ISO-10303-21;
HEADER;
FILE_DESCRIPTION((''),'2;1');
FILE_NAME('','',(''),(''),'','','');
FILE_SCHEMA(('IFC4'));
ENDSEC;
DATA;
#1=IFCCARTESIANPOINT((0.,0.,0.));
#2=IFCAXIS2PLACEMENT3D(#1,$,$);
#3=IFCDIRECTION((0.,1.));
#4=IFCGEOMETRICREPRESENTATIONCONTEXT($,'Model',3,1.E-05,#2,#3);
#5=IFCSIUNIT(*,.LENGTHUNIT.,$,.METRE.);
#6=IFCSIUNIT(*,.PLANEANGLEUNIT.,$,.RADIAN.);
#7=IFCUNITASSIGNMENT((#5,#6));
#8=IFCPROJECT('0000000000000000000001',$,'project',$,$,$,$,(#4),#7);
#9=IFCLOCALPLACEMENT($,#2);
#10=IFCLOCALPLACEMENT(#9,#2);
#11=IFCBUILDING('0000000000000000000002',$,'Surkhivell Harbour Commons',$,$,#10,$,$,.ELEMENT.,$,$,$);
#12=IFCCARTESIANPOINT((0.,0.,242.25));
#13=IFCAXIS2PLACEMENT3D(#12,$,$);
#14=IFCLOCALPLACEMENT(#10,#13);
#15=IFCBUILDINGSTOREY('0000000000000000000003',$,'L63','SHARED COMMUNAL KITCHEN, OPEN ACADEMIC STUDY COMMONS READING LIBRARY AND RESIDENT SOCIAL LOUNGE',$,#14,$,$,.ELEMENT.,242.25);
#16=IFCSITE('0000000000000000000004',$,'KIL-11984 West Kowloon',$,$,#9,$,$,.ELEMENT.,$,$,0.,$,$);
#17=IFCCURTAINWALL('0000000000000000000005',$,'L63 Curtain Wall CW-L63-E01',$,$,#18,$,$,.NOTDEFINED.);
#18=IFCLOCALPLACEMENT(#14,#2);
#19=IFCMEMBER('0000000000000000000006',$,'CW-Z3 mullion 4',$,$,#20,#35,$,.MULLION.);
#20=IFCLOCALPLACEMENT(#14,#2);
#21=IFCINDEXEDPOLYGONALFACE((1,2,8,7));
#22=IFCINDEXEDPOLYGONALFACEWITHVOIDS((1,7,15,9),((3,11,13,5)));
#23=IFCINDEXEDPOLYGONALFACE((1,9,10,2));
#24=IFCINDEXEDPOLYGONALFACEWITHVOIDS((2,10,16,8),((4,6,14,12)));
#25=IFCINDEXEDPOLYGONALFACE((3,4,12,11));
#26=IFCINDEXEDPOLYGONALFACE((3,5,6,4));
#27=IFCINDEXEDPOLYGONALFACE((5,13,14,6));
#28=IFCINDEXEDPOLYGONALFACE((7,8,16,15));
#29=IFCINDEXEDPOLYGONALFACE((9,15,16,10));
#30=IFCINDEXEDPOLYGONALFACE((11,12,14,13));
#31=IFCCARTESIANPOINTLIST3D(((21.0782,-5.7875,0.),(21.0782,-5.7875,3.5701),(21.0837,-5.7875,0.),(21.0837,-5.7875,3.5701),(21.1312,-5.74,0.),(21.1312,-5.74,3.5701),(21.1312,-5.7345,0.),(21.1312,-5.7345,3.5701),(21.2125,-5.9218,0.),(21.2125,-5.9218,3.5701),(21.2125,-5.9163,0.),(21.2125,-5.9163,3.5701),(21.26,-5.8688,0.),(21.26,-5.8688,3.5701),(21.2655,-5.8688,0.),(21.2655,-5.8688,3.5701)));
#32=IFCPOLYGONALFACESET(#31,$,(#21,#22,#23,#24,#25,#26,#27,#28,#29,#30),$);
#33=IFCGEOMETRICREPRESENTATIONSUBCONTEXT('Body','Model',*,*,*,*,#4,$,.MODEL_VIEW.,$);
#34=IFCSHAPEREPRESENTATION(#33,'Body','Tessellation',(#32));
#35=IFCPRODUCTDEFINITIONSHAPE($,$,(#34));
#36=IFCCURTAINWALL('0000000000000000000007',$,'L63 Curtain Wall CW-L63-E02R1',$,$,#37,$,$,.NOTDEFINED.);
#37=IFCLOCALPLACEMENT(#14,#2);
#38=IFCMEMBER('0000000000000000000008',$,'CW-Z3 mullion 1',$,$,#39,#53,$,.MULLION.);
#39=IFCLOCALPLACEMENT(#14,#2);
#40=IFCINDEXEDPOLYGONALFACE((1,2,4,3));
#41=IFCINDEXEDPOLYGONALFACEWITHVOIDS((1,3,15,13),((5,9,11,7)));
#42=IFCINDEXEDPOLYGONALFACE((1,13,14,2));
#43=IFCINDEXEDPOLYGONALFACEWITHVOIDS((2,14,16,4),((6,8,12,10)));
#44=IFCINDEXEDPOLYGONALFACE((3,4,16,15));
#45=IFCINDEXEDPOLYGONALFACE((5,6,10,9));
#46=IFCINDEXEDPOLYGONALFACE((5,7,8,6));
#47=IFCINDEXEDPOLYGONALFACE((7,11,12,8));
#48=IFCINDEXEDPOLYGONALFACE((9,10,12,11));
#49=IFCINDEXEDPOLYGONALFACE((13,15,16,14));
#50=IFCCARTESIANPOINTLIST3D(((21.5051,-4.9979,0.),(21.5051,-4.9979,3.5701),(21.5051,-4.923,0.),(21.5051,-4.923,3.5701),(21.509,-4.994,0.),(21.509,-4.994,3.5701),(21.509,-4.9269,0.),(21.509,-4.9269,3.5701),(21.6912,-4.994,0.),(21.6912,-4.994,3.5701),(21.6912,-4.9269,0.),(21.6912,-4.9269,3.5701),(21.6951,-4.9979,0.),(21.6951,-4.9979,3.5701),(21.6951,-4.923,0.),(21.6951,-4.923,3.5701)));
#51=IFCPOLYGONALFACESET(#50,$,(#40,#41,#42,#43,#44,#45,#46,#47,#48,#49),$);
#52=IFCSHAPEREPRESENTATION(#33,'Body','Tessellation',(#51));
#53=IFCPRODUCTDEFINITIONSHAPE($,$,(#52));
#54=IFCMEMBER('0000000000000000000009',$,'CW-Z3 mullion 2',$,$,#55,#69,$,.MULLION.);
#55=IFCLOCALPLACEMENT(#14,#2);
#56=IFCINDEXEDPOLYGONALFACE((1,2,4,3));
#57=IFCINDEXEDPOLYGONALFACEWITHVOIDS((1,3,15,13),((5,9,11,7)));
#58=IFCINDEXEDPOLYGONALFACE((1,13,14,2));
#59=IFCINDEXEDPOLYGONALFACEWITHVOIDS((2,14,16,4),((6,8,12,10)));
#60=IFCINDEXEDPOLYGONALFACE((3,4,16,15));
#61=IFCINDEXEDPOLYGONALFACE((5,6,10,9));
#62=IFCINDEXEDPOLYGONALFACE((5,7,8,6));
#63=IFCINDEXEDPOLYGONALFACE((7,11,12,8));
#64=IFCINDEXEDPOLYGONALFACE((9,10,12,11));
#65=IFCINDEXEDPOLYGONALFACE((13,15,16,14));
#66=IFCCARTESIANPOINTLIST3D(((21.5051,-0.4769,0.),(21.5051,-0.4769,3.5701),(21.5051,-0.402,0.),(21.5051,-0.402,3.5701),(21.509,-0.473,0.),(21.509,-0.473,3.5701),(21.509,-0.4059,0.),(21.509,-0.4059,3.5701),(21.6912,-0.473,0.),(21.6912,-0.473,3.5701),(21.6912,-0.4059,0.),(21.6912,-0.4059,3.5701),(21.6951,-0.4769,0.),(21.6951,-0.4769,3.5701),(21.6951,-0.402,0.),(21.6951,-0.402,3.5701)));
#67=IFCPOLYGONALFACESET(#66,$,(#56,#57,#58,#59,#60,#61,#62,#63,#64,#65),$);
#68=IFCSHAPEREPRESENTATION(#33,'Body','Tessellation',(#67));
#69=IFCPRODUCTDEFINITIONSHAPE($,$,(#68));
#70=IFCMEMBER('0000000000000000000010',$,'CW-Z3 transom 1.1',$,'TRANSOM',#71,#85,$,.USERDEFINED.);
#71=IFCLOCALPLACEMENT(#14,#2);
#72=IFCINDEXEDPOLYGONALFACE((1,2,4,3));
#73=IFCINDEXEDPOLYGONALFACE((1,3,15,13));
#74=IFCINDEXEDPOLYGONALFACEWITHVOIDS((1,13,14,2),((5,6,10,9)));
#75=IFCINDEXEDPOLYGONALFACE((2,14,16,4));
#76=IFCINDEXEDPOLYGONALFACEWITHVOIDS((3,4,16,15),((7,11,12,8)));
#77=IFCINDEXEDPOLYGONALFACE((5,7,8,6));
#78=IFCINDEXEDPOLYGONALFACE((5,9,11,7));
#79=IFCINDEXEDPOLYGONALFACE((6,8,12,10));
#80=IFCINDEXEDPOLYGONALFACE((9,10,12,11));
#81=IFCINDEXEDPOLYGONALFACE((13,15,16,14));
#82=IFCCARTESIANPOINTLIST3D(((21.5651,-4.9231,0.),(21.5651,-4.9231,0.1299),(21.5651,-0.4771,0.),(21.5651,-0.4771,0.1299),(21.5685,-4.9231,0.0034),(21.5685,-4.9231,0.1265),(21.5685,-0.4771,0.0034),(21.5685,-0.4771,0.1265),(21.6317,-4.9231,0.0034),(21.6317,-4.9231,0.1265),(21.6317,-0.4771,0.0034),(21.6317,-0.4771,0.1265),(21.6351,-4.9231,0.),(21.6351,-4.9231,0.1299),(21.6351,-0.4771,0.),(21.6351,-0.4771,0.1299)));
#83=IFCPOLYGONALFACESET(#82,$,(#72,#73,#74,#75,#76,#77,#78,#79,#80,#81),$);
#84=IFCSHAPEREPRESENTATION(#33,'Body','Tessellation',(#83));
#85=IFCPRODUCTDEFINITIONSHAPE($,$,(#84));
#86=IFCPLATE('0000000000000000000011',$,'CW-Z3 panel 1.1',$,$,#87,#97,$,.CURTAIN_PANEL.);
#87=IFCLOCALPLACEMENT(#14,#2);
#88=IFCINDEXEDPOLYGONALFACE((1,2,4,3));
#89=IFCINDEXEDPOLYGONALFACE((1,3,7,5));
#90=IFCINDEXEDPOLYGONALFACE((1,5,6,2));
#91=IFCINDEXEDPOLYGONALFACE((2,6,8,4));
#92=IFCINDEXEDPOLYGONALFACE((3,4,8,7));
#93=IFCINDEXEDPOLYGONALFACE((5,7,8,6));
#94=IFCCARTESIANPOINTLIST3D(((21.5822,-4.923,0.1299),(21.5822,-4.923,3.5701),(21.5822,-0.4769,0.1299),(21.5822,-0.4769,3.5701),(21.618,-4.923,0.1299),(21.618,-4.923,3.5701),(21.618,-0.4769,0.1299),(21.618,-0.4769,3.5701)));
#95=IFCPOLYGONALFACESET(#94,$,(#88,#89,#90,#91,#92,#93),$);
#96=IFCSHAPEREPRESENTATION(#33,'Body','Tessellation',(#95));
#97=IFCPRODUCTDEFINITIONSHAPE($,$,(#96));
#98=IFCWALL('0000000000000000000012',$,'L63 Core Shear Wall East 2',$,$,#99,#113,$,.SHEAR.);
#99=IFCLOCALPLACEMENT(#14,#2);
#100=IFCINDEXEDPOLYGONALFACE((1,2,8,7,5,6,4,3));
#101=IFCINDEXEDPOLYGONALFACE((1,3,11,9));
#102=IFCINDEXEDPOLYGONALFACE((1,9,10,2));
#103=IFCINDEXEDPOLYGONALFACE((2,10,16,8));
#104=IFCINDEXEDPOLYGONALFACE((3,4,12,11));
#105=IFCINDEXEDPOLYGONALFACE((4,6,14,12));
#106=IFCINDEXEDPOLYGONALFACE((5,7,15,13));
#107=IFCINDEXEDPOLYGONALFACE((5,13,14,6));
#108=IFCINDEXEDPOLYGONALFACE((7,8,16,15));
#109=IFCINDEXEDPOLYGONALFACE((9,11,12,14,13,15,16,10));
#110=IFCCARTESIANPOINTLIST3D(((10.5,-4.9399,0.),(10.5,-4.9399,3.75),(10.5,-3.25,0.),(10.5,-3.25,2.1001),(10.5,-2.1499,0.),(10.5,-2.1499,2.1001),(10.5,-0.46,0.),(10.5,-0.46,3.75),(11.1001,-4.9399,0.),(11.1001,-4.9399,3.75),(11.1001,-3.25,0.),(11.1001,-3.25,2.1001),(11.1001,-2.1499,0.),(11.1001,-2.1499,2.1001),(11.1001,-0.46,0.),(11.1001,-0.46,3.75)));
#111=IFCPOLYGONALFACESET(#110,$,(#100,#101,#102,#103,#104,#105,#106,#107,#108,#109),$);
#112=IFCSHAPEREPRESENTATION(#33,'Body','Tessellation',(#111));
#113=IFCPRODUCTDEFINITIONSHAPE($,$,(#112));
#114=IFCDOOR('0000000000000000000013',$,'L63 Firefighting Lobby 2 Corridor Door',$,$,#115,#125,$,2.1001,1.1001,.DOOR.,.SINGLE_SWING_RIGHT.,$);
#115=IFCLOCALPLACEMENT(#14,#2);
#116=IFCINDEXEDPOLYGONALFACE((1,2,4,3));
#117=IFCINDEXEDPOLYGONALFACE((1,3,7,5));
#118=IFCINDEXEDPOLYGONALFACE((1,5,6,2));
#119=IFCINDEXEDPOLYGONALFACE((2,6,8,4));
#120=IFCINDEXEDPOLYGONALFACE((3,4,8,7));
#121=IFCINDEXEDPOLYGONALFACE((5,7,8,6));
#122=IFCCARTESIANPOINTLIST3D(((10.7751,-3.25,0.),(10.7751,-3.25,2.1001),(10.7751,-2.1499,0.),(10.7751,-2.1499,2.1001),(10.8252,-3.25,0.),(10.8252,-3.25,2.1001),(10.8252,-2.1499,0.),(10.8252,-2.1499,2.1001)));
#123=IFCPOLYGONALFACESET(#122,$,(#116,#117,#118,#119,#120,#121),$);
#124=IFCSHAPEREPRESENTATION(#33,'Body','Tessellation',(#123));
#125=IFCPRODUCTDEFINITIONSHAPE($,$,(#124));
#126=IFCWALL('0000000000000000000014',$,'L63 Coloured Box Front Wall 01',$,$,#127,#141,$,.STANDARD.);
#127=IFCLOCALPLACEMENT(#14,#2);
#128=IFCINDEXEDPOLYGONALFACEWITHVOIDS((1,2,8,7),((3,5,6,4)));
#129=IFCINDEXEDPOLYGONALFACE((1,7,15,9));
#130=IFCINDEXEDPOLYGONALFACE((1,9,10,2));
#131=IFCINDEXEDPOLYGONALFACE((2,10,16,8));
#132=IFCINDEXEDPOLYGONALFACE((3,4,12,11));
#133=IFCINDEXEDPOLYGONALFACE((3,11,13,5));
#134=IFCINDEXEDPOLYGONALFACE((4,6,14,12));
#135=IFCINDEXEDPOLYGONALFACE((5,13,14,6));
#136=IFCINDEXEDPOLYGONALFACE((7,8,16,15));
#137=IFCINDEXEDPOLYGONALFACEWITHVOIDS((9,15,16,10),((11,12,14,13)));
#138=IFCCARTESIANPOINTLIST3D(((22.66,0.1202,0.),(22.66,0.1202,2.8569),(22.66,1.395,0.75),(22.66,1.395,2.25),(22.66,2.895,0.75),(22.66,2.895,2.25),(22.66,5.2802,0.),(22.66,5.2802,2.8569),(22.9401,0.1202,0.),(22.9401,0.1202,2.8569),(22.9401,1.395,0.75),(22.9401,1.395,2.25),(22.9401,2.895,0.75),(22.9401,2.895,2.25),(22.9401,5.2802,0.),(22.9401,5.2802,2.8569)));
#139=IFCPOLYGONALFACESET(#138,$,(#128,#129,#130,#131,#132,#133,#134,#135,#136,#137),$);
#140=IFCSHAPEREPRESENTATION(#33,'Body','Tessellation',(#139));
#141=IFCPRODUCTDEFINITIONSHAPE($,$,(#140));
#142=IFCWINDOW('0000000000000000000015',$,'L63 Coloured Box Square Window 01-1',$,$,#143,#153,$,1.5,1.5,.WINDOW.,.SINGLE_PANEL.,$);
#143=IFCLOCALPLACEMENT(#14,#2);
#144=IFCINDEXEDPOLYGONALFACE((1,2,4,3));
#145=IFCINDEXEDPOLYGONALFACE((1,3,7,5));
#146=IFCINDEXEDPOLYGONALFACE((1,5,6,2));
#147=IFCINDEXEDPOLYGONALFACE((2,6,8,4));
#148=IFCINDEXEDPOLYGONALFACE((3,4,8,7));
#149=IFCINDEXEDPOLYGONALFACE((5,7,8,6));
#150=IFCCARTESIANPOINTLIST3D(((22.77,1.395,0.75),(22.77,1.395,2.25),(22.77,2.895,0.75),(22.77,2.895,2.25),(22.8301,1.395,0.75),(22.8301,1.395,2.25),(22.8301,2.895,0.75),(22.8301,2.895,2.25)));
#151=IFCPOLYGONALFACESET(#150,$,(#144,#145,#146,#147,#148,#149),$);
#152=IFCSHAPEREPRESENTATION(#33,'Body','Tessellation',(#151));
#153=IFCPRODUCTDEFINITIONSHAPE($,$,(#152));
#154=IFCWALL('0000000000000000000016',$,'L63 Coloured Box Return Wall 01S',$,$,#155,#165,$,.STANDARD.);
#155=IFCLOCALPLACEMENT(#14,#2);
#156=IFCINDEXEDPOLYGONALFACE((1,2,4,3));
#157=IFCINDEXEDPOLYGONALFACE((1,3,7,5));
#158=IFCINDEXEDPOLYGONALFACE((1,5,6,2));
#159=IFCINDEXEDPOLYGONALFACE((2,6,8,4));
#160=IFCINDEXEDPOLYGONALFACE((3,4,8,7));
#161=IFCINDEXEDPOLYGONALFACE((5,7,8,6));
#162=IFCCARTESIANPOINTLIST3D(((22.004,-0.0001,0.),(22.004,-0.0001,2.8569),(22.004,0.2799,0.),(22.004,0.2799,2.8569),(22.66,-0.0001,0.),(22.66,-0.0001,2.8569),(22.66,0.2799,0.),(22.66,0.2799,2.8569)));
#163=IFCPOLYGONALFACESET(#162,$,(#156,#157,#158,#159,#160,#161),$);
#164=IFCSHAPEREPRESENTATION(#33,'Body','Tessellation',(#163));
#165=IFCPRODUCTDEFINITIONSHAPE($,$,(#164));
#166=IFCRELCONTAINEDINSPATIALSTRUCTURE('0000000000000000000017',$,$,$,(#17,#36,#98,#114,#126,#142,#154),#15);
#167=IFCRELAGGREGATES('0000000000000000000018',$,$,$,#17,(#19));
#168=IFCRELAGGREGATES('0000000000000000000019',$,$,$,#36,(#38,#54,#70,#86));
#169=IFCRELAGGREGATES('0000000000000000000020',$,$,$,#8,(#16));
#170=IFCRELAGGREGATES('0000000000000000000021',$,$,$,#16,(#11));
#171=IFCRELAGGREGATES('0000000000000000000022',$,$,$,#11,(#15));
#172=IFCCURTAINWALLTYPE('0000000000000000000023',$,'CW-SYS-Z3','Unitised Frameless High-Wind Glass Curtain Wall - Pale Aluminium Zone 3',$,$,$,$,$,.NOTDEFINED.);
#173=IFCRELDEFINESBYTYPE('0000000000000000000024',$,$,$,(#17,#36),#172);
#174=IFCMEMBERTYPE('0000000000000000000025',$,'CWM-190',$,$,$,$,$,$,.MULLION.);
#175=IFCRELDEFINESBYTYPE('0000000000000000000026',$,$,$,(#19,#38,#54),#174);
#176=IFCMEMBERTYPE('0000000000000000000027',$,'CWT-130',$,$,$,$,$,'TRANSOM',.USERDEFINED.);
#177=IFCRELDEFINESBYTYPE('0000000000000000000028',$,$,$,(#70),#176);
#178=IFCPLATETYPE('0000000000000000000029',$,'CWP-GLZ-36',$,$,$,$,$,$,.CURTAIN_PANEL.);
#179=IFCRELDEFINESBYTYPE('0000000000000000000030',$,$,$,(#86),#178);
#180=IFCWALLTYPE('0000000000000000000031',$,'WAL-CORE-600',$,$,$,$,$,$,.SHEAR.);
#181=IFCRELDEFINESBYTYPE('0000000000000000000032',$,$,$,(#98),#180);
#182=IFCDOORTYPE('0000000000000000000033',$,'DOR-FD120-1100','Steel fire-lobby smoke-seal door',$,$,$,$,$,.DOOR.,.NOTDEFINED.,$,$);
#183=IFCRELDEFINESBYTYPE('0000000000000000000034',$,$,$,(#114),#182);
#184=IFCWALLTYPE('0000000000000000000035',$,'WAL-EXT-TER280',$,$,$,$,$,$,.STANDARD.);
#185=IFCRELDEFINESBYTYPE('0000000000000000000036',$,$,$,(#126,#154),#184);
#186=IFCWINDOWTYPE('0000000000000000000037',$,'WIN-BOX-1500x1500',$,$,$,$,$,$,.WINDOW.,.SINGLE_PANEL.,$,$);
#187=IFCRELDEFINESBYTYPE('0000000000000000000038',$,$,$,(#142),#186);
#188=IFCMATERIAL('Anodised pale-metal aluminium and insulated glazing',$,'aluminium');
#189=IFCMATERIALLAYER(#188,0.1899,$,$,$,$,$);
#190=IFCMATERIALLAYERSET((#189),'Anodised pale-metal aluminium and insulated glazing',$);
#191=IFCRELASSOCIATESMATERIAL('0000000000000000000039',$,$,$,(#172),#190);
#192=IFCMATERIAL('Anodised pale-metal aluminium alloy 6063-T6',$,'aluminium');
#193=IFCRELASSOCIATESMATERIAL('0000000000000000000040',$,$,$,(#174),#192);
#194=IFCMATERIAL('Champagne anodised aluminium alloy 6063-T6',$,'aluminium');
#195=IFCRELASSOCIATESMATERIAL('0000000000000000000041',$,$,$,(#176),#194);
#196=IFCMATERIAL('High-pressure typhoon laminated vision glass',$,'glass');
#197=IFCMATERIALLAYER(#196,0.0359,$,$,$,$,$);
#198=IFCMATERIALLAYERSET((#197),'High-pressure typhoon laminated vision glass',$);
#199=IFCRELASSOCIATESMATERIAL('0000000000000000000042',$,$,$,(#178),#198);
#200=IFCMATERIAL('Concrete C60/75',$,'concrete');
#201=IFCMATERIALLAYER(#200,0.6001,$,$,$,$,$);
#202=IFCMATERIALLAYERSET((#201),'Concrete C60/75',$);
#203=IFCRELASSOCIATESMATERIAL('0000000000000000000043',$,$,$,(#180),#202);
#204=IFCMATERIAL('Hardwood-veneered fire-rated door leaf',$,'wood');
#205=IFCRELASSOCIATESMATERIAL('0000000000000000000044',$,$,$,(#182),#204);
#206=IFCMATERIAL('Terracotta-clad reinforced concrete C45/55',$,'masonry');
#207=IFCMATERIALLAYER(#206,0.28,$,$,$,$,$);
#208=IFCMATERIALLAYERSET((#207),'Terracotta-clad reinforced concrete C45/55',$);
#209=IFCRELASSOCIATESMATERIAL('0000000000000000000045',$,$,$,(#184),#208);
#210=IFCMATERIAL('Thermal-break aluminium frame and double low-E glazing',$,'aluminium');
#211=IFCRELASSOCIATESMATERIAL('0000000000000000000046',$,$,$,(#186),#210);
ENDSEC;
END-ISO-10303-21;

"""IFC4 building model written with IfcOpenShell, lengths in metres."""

from ifc_helpers import new_model, si_unit, direction, frame, frame_2d, origin, origin_2d, place, context, subcontext, project, spatial, rectangle, hollow_rectangle, extrude, material, layer, layer_set, material_profile, profile_set, type_object, element, fill, aggregate, save


model = new_model("IFC4")

# Units and contexts
model_context = context("Model", 3, precision=1e-05, world=origin(), true_north=direction((0.0, 1.0)))
body_context = subcontext(model_context, "Body", "Model", "MODEL_VIEW")
ifc_project = project(units=[si_unit("LENGTHUNIT", "METRE"), si_unit("PLANEANGLEUNIT", "RADIAN")], contexts=[model_context])

# Site, building, storey
site_placement = place(None, origin())
site = spatial("IfcSite", under=ifc_project, at=site_placement, Name="KIL-11984 West Kowloon", CompositionType="ELEMENT", RefElevation=0.0)
building_placement = place(site_placement, origin())
building = spatial("IfcBuilding", under=site, at=building_placement, Name="Surkhivell Harbour Commons", CompositionType="ELEMENT")
storey_placement = place(building_placement, frame((0.0, 0.0, 242.25)))
storey = spatial("IfcBuildingStorey", under=building, at=storey_placement, Name="L63", Description="SHARED COMMUNAL KITCHEN, OPEN ACADEMIC STUDY COMMONS READING LIBRARY AND RESIDENT SOCIAL LOUNGE", CompositionType="ELEMENT", Elevation=242.25)

# Shared definitions
ifc_material_1 = material(Name="Concrete C60/75", Category="concrete")

# Curtain wall, member
ifc_material_2 = material(Name="Anodised pale-metal aluminium and insulated glazing", Category="aluminium")
ifc_layer_1 = layer(ifc_material_2, 0.1899)
ifc_layer_set_1 = layer_set([ifc_layer_1], Name="Anodised pale-metal aluminium and insulated glazing")
curtain_wall_type = type_object("IfcCurtainWallType", Name="CW-SYS-Z3", Description="Unitised Frameless High-Wind Glass Curtain Wall - Pale Aluminium Zone 3", PredefinedType="NOTDEFINED", material=ifc_layer_set_1)
curtain_wall_1_placement = place(storey_placement, origin())
curtain_wall_1 = element("IfcCurtainWall", 1, at=curtain_wall_1_placement, inside=storey, type_object=curtain_wall_type, Name="L63 Curtain Wall CW-L63-E01", PredefinedType="NOTDEFINED")
ifc_material_3 = material(Name="Anodised pale-metal aluminium alloy 6063-T6", Category="aluminium")
ifc_material_profile_1 = material_profile(ifc_material_3, hollow_rectangle(XDim=0.075, YDim=0.1899, WallThickness=0.0039, at=origin_2d()), Name="ALU-MULL-75x190")
ifc_profile_set_1 = profile_set([ifc_material_profile_1], Name="Anodised pale-metal aluminium alloy 6063-T6")
member_type_1 = type_object("IfcMemberType", Name="CWM-190", PredefinedType="MULLION", material=ifc_profile_set_1)
member_1_placement = place(storey_placement, frame((21.1719, -5.8281, 0.0), z_axis=(0.0, 0.0, 1.0), x_axis=(0.707107, 0.707107, 0.0)))
member_1 = element("IfcMember", 2, at=member_1_placement, type_object=member_type_1, Name="CW-Z3 mullion 4", PredefinedType="MULLION", context=body_context, shape_type="SweptSolid", body=[
    extrude(hollow_rectangle(XDim=0.075, YDim=0.1899, WallThickness=0.0039, at=origin_2d()), origin(), (0.0, 0.0, 1.0), 3.5701),
])
aggregate(curtain_wall_1, [member_1])

# Curtain wall, members, plate
curtain_wall_2_placement = place(storey_placement, origin())
curtain_wall_2 = element("IfcCurtainWall", 3, at=curtain_wall_2_placement, inside=storey, type_object=curtain_wall_type, Name="L63 Curtain Wall CW-L63-E02R1", PredefinedType="NOTDEFINED")
member_2_placement = place(storey_placement, frame((21.6001, -4.9604, 0.0), z_axis=(0.0, 0.0, 1.0), x_axis=(0.0, 1.0, 0.0)))
member_2 = element("IfcMember", 4, at=member_2_placement, type_object=member_type_1, Name="CW-Z3 mullion 1", PredefinedType="MULLION", context=body_context, shape_type="SweptSolid", body=[
    extrude(hollow_rectangle(XDim=0.075, YDim=0.1899, WallThickness=0.0039, at=origin_2d()), origin(), (0.0, 0.0, 1.0), 3.5701),
])
member_3_placement = place(storey_placement, frame((21.6001, -0.4395, 0.0), z_axis=(0.0, 0.0, 1.0), x_axis=(0.0, 1.0, 0.0)))
member_3 = element("IfcMember", 5, at=member_3_placement, type_object=member_type_1, Name="CW-Z3 mullion 2", PredefinedType="MULLION", context=body_context, shape_type="SweptSolid", body=[
    extrude(hollow_rectangle(XDim=0.075, YDim=0.1899, WallThickness=0.0039, at=origin_2d()), origin(), (0.0, 0.0, 1.0), 3.5701),
])
ifc_material_4 = material(Name="Champagne anodised aluminium alloy 6063-T6", Category="aluminium")
ifc_material_profile_2 = material_profile(ifc_material_4, hollow_rectangle(XDim=0.0701, YDim=0.1299, WallThickness=0.0034, at=origin_2d()), Name="ALU-TRAN-70x130")
ifc_profile_set_2 = profile_set([ifc_material_profile_2], Name="Champagne anodised aluminium alloy 6063-T6")
member_type_2 = type_object("IfcMemberType", Name="CWT-130", ElementType="TRANSOM", PredefinedType="USERDEFINED", material=ifc_profile_set_2)
member_4_placement = place(storey_placement, frame((21.6001, -4.9231, 0.0649), z_axis=(0.0, 1.0, 0.0), x_axis=(-1.0, 0.0, 0.0)))
member_4 = element("IfcMember", 6, at=member_4_placement, type_object=member_type_2, Name="CW-Z3 transom 1.1", ObjectType="TRANSOM", PredefinedType="USERDEFINED", context=body_context, shape_type="SweptSolid", body=[
    extrude(hollow_rectangle(XDim=0.0701, YDim=0.1299, WallThickness=0.0034, at=origin_2d()), origin(), (0.0, 0.0, 1.0), 4.446),
])
ifc_material_5 = material(Name="High-pressure typhoon laminated vision glass", Category="glass")
ifc_layer_2 = layer(ifc_material_5, 0.0359)
ifc_layer_set_2 = layer_set([ifc_layer_2], Name="High-pressure typhoon laminated vision glass")
plate_type = type_object("IfcPlateType", Name="CWP-GLZ-36", PredefinedType="CURTAIN_PANEL", material=ifc_layer_set_2)
plate_placement = place(storey_placement, frame((21.6001, -4.9231, 0.1299), z_axis=(0.0, 0.0, 1.0), x_axis=(0.0, 1.0, 0.0)))
plate = element("IfcPlate", 7, at=plate_placement, type_object=plate_type, Name="CW-Z3 panel 1.1", PredefinedType="CURTAIN_PANEL", context=body_context, shape_type="SweptSolid", body=[
    extrude(rectangle(XDim=4.446, YDim=0.0359, at=frame_2d((2.2231, 0.0))), origin(), (0.0, 0.0, 1.0), 3.4402),
])
aggregate(curtain_wall_2, [member_2, member_3, member_4, plate])

# Wall, opening, door
ifc_layer_3 = layer(ifc_material_1, 0.6001)
ifc_layer_set_3 = layer_set([ifc_layer_3], Name="Concrete C60/75")
wall_type_1 = type_object("IfcWallType", Name="WAL-CORE-600", PredefinedType="SHEAR", material=ifc_layer_set_3)
wall_1_placement = place(storey_placement, frame((10.8, -4.9399, 0.0), z_axis=(0.0, 0.0, 1.0), x_axis=(0.0, 1.0, 0.0)))
wall_1 = element("IfcWall", 8, at=wall_1_placement, inside=storey, type_object=wall_type_1, Name="L63 Core Shear Wall East 2", PredefinedType="SHEAR", context=body_context, shape_type="SweptSolid", body=[
    extrude(rectangle(XDim=4.48, YDim=0.6001, at=frame_2d((2.24, 0.0))), origin(), (0.0, 0.0, 1.0), 3.75),
])
opening_1_placement = place(wall_1_placement, frame((1.6899, 0.0, 0.0)))
opening_1 = element("IfcOpeningElement", 9, at=opening_1_placement, cuts=wall_1, PredefinedType="OPENING", context=body_context, shape_type="SweptSolid", body=[
    extrude(rectangle(XDim=1.1001, YDim=2.1001, at=frame_2d((0.55, 1.05))), frame((0.0, 0.3101, 0.0), z_axis=(0.0, -1.0, 0.0), x_axis=(1.0, 0.0, 0.0)), (0.0, 0.0, 1.0), 0.6201),
])
ifc_material_6 = material(Name="Hardwood-veneered fire-rated door leaf", Category="wood")
door_type = type_object("IfcDoorType", Name="DOR-FD120-1100", Description="Steel fire-lobby smoke-seal door", OperationType="NOTDEFINED", PredefinedType="DOOR", material=ifc_material_6)
door_placement = place(opening_1_placement, origin())
door = element("IfcDoor", 10, at=door_placement, inside=storey, type_object=door_type, Name="L63 Firefighting Lobby 2 Corridor Door", OperationType="SINGLE_SWING_RIGHT", OverallHeight=2.1001, OverallWidth=1.1001, PredefinedType="DOOR", context=body_context, shape_type="SweptSolid", body=[
    extrude(rectangle(XDim=1.1001, YDim=2.1001, at=frame_2d((0.55, 1.05))), frame((0.0, 0.0249, 0.0), z_axis=(0.0, -1.0, 0.0), x_axis=(1.0, 0.0, 0.0)), (0.0, 0.0, 1.0), 0.05),
])
fill(opening_1, door)

# Wall, opening, window
ifc_material_7 = material(Name="Terracotta-clad reinforced concrete C45/55", Category="masonry")
ifc_layer_4 = layer(ifc_material_7, 0.28)
ifc_layer_set_4 = layer_set([ifc_layer_4], Name="Terracotta-clad reinforced concrete C45/55")
wall_type_2 = type_object("IfcWallType", Name="WAL-EXT-TER280", PredefinedType="STANDARD", material=ifc_layer_set_4)
wall_2_placement = place(storey_placement, frame((22.8, 0.1201, 0.0), z_axis=(0.0, 0.0, 1.0), x_axis=(0.0, 1.0, 0.0)))
wall_2 = element("IfcWall", 11, at=wall_2_placement, inside=storey, type_object=wall_type_2, Name="L63 Coloured Box Front Wall 01", PredefinedType="STANDARD", context=body_context, shape_type="SweptSolid", body=[
    extrude(rectangle(XDim=5.1599, YDim=0.28, at=frame_2d((2.5801, 0.0))), origin(), (0.0, 0.0, 1.0), 2.8569),
])
opening_2_placement = place(wall_2_placement, frame((1.2749, 0.0, 0.75)))
opening_2 = element("IfcOpeningElement", 12, at=opening_2_placement, cuts=wall_2, PredefinedType="OPENING", context=body_context, shape_type="SweptSolid", body=[
    extrude(rectangle(XDim=1.5, YDim=1.5, at=frame_2d((0.75, 0.75))), frame((0.0, 0.1499, 0.0), z_axis=(0.0, -1.0, 0.0), x_axis=(1.0, 0.0, 0.0)), (0.0, 0.0, 1.0), 0.3),
])
ifc_material_8 = material(Name="Thermal-break aluminium frame and double low-E glazing", Category="aluminium")
window_type = type_object("IfcWindowType", Name="WIN-BOX-1500x1500", PartitioningType="SINGLE_PANEL", PredefinedType="WINDOW", material=ifc_material_8)
window_placement = place(opening_2_placement, origin())
window = element("IfcWindow", 13, at=window_placement, inside=storey, type_object=window_type, Name="L63 Coloured Box Square Window 01-1", OverallHeight=1.5, OverallWidth=1.5, PartitioningType="SINGLE_PANEL", PredefinedType="WINDOW", context=body_context, shape_type="SweptSolid", body=[
    extrude(rectangle(XDim=1.5, YDim=1.5, at=frame_2d((0.75, 0.75))), frame((0.0, 0.03, 0.0), z_axis=(0.0, -1.0, 0.0), x_axis=(1.0, 0.0, 0.0)), (0.0, 0.0, 1.0), 0.0601),
])
fill(opening_2, window)

# Wall
wall_3_placement = place(storey_placement, frame((22.0039, 0.1399, 0.0), z_axis=(0.0, 0.0, 1.0), x_axis=(1.0, 0.0, 0.0)))
element("IfcWall", 14, at=wall_3_placement, inside=storey, type_object=wall_type_2, Name="L63 Coloured Box Return Wall 01S", PredefinedType="STANDARD", context=body_context, shape_type="SweptSolid", body=[
    extrude(rectangle(XDim=0.656, YDim=0.28, at=frame_2d((0.3281, 0.0))), origin(), (0.0, 0.0, 1.0), 2.8569),
])

save(model, "model.ifc")
